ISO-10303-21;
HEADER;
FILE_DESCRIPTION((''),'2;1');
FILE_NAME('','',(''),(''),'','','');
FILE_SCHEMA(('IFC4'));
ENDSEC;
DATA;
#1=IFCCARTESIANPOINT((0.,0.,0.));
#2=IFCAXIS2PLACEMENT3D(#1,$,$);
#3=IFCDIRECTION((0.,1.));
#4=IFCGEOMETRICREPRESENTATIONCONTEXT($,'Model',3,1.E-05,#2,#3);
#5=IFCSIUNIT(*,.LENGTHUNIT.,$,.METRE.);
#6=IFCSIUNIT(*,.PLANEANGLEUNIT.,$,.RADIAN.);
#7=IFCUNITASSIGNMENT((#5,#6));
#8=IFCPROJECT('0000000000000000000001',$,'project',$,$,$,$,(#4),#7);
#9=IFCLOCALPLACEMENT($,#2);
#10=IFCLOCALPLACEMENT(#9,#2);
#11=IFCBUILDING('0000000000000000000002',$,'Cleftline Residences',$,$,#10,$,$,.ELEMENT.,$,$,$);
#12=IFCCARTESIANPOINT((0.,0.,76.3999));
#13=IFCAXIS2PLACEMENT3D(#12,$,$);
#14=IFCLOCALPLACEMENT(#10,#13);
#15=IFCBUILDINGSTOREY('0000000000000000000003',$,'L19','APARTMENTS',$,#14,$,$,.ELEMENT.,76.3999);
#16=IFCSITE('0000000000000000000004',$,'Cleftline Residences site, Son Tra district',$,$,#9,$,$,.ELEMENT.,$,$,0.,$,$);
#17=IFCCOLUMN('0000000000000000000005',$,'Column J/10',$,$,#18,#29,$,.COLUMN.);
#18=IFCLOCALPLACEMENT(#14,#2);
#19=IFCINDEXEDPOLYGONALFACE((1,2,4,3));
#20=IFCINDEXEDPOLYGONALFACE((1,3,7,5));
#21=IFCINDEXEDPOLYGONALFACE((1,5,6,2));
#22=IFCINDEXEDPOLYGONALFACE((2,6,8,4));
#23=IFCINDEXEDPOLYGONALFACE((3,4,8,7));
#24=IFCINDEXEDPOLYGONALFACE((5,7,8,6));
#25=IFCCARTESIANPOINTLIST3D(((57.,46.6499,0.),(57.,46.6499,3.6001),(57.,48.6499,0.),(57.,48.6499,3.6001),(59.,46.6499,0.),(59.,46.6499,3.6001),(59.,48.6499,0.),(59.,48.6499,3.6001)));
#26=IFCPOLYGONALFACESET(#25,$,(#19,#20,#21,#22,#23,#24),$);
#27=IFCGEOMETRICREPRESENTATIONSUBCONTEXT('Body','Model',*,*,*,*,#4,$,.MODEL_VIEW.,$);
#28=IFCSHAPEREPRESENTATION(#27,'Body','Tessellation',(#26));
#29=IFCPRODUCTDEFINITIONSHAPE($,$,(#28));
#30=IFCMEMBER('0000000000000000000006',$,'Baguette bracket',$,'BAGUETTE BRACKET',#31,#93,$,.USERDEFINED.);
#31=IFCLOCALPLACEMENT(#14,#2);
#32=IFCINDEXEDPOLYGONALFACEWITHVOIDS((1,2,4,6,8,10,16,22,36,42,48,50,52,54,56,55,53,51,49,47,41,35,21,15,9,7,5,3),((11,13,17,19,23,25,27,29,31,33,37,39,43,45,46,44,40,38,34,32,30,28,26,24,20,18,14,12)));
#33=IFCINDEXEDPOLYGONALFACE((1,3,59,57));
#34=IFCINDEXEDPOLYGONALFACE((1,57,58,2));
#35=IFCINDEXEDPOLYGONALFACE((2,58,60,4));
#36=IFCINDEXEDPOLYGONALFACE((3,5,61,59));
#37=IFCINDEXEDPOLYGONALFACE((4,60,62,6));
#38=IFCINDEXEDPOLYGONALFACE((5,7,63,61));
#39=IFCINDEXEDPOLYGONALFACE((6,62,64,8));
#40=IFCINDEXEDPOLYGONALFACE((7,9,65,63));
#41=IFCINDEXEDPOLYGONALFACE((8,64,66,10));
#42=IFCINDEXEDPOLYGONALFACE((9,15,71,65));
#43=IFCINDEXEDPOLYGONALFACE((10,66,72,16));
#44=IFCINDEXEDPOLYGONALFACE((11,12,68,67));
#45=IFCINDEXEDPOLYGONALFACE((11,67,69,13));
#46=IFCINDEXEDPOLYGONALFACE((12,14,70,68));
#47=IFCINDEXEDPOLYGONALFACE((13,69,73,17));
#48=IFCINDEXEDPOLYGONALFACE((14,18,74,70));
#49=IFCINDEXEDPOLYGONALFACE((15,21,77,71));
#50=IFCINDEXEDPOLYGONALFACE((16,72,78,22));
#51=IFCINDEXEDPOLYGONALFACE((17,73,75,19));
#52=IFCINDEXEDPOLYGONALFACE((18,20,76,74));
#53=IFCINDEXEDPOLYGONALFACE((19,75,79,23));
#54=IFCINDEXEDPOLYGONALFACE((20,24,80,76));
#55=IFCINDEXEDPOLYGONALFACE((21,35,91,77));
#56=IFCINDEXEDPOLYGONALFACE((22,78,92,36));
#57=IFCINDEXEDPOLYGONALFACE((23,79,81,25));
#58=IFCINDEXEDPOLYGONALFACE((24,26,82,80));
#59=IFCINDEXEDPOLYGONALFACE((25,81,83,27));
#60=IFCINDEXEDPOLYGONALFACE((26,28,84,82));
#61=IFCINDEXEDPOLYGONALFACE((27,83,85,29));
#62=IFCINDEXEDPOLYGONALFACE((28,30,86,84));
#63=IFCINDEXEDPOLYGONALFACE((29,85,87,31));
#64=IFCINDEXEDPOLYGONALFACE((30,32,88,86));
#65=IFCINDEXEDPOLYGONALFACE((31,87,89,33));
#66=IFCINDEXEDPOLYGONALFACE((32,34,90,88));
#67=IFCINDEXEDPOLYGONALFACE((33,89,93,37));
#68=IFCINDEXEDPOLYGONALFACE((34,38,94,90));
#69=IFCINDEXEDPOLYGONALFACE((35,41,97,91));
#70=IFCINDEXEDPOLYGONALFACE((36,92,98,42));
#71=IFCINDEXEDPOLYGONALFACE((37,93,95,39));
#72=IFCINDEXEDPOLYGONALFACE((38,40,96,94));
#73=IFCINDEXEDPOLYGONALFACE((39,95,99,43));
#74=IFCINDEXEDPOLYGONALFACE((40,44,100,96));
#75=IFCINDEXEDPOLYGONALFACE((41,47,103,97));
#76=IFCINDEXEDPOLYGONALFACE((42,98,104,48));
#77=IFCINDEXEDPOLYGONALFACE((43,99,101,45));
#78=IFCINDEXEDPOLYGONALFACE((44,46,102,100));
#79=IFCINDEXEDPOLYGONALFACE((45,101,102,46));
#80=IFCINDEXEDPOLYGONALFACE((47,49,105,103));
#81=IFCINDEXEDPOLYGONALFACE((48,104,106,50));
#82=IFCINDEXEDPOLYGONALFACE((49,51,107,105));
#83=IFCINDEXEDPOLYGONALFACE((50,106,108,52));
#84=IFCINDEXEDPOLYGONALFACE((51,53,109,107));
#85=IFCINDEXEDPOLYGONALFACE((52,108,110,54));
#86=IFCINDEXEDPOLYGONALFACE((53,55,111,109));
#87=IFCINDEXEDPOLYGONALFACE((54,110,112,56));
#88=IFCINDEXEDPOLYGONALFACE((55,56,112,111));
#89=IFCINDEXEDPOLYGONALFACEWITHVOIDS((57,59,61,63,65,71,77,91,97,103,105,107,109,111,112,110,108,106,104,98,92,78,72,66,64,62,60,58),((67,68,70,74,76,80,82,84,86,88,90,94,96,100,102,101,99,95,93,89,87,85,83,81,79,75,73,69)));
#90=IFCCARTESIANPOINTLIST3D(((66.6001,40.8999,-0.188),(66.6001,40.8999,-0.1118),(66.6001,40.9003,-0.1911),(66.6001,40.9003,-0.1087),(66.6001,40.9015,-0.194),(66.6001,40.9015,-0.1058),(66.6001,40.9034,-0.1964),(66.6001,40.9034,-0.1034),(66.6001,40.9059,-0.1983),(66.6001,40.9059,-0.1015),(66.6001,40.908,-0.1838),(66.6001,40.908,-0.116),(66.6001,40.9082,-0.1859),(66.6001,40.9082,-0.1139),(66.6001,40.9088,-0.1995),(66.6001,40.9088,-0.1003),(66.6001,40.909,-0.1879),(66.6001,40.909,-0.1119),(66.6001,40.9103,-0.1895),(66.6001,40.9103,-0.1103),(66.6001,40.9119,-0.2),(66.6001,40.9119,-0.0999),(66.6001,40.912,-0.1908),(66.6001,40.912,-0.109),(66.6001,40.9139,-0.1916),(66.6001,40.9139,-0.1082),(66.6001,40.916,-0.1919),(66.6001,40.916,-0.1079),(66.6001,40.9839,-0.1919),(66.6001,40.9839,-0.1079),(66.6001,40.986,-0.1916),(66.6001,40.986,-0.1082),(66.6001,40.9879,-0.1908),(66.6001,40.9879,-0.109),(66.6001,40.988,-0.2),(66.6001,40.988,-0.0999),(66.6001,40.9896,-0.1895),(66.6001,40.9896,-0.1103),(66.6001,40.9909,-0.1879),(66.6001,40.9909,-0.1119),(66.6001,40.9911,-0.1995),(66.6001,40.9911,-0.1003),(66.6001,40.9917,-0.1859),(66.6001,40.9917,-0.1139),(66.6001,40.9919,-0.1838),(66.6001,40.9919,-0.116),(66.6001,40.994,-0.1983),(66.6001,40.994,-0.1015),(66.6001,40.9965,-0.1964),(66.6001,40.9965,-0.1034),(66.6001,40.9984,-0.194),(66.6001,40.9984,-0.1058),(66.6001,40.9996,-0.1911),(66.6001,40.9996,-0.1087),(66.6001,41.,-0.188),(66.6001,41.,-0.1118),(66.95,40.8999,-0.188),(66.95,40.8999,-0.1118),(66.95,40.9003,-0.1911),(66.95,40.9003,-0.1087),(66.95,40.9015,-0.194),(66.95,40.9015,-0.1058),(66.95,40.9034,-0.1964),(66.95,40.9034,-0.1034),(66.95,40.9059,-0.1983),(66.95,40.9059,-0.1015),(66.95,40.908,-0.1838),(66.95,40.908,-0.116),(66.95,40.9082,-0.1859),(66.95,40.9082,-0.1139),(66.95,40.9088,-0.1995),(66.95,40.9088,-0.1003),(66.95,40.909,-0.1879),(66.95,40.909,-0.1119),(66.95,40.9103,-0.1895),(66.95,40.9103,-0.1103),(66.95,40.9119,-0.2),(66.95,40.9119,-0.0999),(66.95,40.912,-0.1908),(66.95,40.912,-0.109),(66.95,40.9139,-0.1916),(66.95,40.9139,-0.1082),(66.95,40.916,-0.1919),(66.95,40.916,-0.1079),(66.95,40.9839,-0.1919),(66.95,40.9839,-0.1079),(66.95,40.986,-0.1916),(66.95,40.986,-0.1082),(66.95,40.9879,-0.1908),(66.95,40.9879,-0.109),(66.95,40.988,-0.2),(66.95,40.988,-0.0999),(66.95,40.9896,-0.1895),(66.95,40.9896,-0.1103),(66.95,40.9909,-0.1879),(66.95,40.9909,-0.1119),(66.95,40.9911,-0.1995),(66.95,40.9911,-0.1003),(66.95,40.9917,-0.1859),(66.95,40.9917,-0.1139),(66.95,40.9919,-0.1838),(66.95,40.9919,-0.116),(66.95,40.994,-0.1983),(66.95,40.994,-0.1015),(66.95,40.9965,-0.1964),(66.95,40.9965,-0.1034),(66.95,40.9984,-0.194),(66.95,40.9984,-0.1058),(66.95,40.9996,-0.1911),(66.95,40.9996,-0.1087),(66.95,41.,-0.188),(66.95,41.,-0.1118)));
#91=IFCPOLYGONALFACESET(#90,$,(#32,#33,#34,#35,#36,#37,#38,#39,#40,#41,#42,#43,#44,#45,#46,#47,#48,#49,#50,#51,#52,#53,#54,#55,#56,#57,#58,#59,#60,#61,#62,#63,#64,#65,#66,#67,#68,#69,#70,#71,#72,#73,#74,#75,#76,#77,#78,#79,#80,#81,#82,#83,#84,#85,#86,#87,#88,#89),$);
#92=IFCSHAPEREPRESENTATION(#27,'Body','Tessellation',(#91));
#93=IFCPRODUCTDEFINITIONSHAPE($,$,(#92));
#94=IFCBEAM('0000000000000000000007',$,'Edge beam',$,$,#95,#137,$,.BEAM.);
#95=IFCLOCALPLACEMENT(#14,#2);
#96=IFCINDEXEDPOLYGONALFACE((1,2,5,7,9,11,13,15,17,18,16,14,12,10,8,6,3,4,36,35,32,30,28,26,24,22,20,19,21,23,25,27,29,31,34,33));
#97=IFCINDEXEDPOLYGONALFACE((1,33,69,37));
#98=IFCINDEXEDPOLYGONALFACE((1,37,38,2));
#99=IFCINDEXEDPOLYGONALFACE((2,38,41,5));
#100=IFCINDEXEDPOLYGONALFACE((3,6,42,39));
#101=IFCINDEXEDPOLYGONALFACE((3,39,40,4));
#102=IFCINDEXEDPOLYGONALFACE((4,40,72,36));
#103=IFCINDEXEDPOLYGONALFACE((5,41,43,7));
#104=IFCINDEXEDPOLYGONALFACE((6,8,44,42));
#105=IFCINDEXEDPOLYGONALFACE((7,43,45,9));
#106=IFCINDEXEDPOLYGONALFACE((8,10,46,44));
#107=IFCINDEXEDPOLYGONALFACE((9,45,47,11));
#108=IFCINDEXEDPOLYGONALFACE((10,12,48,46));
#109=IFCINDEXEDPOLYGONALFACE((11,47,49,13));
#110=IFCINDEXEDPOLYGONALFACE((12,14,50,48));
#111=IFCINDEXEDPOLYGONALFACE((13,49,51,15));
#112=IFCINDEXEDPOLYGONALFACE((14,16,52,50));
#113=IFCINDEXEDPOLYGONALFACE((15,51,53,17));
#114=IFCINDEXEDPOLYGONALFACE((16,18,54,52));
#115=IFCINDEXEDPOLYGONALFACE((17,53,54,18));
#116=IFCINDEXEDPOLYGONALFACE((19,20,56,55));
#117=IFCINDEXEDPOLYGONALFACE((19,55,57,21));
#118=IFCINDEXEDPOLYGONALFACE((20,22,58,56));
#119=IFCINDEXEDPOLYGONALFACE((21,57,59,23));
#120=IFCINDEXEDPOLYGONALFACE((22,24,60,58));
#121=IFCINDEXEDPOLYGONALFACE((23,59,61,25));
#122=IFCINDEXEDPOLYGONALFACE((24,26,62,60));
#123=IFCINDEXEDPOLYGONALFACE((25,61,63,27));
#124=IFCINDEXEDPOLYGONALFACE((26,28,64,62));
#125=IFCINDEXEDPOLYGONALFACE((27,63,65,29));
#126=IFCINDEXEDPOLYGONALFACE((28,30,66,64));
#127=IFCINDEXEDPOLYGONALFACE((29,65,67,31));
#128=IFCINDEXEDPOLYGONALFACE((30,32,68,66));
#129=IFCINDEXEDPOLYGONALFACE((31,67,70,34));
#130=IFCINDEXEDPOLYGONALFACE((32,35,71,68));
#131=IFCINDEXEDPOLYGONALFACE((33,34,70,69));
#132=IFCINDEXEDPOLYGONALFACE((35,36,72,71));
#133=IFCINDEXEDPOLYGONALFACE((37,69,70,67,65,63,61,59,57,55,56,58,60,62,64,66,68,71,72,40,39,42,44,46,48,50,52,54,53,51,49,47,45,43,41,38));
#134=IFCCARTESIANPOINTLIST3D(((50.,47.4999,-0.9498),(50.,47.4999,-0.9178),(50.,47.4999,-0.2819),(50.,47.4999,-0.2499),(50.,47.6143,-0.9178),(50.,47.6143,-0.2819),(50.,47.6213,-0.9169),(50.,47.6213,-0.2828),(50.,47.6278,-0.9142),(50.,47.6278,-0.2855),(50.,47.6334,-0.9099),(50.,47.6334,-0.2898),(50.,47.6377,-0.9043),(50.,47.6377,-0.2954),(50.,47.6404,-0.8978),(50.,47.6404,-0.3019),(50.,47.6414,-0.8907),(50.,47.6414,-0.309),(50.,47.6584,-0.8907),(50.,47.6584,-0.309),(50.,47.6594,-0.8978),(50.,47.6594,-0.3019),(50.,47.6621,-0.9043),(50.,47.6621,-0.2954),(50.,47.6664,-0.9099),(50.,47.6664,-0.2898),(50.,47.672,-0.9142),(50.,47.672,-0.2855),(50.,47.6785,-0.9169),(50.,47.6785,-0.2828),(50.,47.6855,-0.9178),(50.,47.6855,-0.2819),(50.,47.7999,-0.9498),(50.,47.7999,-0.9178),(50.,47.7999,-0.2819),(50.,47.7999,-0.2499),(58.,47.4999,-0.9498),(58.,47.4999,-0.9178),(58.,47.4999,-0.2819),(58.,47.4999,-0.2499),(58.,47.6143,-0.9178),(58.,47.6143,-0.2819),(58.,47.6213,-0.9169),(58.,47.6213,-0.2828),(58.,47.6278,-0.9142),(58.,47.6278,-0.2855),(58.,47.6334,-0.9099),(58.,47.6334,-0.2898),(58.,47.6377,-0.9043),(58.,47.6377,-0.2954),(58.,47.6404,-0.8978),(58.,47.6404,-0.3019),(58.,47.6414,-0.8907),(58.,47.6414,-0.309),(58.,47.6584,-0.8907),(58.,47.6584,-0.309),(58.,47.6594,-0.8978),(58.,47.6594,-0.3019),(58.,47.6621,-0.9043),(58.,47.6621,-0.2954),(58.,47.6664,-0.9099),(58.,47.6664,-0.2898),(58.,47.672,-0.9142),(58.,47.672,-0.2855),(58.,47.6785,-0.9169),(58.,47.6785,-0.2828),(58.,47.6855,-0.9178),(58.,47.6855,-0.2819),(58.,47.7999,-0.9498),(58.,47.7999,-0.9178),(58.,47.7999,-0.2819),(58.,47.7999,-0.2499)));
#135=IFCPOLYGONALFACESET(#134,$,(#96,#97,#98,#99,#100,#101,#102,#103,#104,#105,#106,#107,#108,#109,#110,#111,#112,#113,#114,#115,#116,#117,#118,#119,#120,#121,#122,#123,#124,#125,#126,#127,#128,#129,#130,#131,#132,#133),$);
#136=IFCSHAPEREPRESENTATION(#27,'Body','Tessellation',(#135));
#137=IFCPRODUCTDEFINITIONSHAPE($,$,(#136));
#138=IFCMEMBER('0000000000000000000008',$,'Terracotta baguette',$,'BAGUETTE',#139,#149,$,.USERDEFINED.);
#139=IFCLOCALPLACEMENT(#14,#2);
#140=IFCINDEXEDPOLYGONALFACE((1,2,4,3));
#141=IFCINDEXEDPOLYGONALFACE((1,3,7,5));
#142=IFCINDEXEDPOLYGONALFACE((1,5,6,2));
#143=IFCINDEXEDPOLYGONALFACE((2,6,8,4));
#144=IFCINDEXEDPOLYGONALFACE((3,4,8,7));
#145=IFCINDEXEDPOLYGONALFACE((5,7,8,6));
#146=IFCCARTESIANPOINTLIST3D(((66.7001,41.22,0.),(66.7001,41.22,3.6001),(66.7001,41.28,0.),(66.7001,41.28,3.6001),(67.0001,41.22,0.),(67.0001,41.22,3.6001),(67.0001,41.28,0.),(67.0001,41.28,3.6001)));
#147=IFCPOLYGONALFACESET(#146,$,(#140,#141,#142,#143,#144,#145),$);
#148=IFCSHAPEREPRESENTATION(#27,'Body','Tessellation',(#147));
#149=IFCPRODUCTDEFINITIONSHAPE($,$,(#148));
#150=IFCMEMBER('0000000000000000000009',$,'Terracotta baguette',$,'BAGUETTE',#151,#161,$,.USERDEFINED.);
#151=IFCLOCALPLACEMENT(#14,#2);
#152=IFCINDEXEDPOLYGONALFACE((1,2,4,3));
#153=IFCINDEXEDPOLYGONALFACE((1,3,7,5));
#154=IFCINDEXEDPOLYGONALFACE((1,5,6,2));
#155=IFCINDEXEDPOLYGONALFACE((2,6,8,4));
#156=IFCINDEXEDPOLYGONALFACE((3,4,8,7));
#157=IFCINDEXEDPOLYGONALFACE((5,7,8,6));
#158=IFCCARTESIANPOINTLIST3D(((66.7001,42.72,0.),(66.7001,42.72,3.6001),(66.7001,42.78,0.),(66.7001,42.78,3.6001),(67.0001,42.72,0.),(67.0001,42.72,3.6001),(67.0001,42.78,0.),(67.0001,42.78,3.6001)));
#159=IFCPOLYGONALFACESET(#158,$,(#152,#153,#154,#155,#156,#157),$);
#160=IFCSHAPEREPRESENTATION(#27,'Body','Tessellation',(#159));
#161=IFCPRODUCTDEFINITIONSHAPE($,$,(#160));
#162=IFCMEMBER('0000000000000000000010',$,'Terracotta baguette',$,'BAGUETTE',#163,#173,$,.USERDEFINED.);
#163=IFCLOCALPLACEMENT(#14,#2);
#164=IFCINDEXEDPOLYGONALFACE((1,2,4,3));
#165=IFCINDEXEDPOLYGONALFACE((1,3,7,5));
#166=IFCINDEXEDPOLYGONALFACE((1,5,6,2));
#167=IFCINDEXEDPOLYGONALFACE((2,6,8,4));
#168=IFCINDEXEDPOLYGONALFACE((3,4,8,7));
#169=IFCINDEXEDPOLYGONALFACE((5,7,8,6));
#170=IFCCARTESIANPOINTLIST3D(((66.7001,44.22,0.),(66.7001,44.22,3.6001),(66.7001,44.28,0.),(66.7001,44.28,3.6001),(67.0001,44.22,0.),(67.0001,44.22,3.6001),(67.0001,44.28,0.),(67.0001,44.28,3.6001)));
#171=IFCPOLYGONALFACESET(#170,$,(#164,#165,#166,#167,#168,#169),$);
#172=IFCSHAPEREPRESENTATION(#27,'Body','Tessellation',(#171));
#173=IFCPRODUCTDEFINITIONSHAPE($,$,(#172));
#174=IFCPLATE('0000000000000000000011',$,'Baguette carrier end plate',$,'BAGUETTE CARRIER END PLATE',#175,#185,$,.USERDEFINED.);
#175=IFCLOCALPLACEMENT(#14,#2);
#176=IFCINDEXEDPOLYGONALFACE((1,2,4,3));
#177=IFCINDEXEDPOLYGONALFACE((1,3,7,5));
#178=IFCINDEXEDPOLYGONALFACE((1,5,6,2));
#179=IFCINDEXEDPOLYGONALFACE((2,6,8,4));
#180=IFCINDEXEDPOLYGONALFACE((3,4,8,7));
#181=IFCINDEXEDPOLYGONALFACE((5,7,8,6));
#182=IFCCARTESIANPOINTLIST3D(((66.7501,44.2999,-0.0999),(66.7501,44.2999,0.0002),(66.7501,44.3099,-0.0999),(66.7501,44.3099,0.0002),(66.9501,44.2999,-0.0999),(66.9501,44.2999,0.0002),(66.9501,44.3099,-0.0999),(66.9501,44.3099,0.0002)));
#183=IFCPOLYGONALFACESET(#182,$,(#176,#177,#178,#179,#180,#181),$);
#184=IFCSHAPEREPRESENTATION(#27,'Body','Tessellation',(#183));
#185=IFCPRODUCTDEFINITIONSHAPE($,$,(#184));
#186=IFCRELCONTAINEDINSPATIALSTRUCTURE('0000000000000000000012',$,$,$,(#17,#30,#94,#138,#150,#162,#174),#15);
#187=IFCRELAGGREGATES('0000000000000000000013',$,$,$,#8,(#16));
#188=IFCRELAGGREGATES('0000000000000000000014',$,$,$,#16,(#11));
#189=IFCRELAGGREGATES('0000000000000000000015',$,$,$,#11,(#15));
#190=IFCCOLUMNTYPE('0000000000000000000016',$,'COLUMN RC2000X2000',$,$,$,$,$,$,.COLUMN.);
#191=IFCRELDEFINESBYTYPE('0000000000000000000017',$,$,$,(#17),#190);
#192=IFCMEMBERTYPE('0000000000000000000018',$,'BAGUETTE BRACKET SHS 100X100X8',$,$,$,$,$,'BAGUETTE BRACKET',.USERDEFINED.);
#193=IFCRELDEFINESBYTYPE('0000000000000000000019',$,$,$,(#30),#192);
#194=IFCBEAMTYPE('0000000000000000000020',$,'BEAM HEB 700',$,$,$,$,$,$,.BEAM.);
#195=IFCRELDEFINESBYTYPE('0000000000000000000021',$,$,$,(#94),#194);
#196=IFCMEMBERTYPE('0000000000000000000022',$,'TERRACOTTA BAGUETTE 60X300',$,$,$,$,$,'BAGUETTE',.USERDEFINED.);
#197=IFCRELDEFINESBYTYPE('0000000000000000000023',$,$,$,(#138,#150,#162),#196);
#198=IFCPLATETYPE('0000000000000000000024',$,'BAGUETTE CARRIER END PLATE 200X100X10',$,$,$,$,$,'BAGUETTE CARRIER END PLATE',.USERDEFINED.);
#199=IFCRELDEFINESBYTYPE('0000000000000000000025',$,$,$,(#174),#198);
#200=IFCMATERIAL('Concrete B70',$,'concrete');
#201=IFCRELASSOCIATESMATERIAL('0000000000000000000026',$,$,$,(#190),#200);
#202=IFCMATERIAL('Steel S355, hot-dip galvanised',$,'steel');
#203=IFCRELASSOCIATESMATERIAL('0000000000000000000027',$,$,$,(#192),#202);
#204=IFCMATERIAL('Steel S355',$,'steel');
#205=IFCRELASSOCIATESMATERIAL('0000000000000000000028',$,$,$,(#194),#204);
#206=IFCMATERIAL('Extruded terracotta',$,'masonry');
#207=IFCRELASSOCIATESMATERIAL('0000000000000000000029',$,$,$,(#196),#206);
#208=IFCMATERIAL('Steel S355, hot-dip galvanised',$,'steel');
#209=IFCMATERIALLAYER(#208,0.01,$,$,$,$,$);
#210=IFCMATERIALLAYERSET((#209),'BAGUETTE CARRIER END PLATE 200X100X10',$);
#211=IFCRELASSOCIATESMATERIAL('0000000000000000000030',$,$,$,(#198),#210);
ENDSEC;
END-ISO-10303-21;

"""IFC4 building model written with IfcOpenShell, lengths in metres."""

from ifc_helpers import new_model, si_unit, direction, frame, origin, origin_2d, place, context, subcontext, project, spatial, rectangle, hollow_rectangle, i_section, extrude, material, layer, layer_set, material_profile, profile_set, type_object, element, save


model = new_model("IFC4")

# Units and contexts
model_context = context("Model", 3, precision=1e-05, world=origin(), true_north=direction((0.0, 1.0)))
body_context = subcontext(model_context, "Body", "Model", "MODEL_VIEW")
ifc_project = project(units=[si_unit("LENGTHUNIT", "METRE"), si_unit("PLANEANGLEUNIT", "RADIAN")], contexts=[model_context])

# Site, building, storey
site_placement = place(None, origin())
site = spatial("IfcSite", under=ifc_project, at=site_placement, Name="Cleftline Residences site, Son Tra district", CompositionType="ELEMENT", RefElevation=0.0)
building_placement = place(site_placement, origin())
building = spatial("IfcBuilding", under=site, at=building_placement, Name="Cleftline Residences", CompositionType="ELEMENT")
storey_placement = place(building_placement, frame((0.0, 0.0, 76.3999)))
storey = spatial("IfcBuildingStorey", under=building, at=storey_placement, Name="L19", Description="APARTMENTS", CompositionType="ELEMENT", Elevation=76.3999)

# Column
ifc_material_1 = material(Name="Concrete B70", Category="concrete")
ifc_material_profile_1 = material_profile(ifc_material_1, rectangle(XDim=2.0, YDim=2.0, at=origin_2d()))
ifc_profile_set_1 = profile_set([ifc_material_profile_1], Name="Concrete B70")
column_type = type_object("IfcColumnType", Name="COLUMN RC2000X2000", PredefinedType="COLUMN", material=ifc_profile_set_1)
column_placement = place(storey_placement, frame((58.0, 47.6499, 0.0), z_axis=(0.0, 0.0, 1.0), x_axis=(1.0, 0.0, 0.0)))
element("IfcColumn", 1, at=column_placement, inside=storey, type_object=column_type, Name="Column J/10", PredefinedType="COLUMN", context=body_context, shape_type="SweptSolid", body=[
    extrude(rectangle(XDim=2.0, YDim=2.0, at=origin_2d()), origin(), (0.0, 0.0, 1.0), 3.6001),
])

# Member
ifc_material_2 = material(Name="Steel S355, hot-dip galvanised", Category="steel")
ifc_material_profile_2 = material_profile(ifc_material_2, hollow_rectangle(XDim=0.1001, YDim=0.1001, WallThickness=0.0081, InnerFilletRadius=0.0081, OuterFilletRadius=0.012, at=origin_2d()))
ifc_profile_set_2 = profile_set([ifc_material_profile_2], Name="Steel S355, hot-dip galvanised")
member_type_1 = type_object("IfcMemberType", Name="BAGUETTE BRACKET SHS 100X100X8", ElementType="BAGUETTE BRACKET", PredefinedType="USERDEFINED", material=ifc_profile_set_2)
member_placement = place(storey_placement, frame((66.6001, 40.95, -0.1499), z_axis=(1.0, 0.0, 0.0), x_axis=(0.0, 1.0, 0.0)))
element("IfcMember", 2, at=member_placement, inside=storey, type_object=member_type_1, Name="Baguette bracket", ObjectType="BAGUETTE BRACKET", PredefinedType="USERDEFINED", context=body_context, shape_type="SweptSolid", body=[
    extrude(hollow_rectangle(XDim=0.1001, YDim=0.1001, WallThickness=0.0081, InnerFilletRadius=0.0081, OuterFilletRadius=0.012, at=origin_2d()), origin(), (0.0, 0.0, 1.0), 0.3499),
])

# Beam
ifc_material_3 = material(Name="Steel S355", Category="steel")
ifc_material_profile_3 = material_profile(ifc_material_3, i_section(OverallWidth=0.3, OverallDepth=0.7, WebThickness=0.0171, FlangeThickness=0.032, FilletRadius=0.0271, at=origin_2d()))
ifc_profile_set_3 = profile_set([ifc_material_profile_3], Name="Steel S355")
beam_type = type_object("IfcBeamType", Name="BEAM HEB 700", PredefinedType="BEAM", material=ifc_profile_set_3)
beam_placement = place(storey_placement, frame((58.0, 47.6499, -0.5999), z_axis=(-1.0, 0.0, 0.0), x_axis=(0.0, -1.0, 0.0)))
element("IfcBeam", 3, at=beam_placement, inside=storey, type_object=beam_type, Name="Edge beam", PredefinedType="BEAM", context=body_context, shape_type="SweptSolid", body=[
    extrude(i_section(OverallWidth=0.3, OverallDepth=0.7, WebThickness=0.0171, FlangeThickness=0.032, FilletRadius=0.0271, at=origin_2d()), origin(), (0.0, 0.0, 1.0), 8.0),
])

# Members
ifc_material_4 = material(Name="Extruded terracotta", Category="masonry")
ifc_material_profile_4 = material_profile(ifc_material_4, rectangle(XDim=0.0601, YDim=0.3, at=origin_2d()))
ifc_profile_set_4 = profile_set([ifc_material_profile_4], Name="Extruded terracotta")
member_type_2 = type_object("IfcMemberType", Name="TERRACOTTA BAGUETTE 60X300", ElementType="BAGUETTE", PredefinedType="USERDEFINED", material=ifc_profile_set_4)
for number, where, z_axis, x_axis, name in (
    (4, (66.8501, 41.25, 0.0), (0.0, 0.0, 1.0), (0.0, 1.0, 0.0), "Terracotta baguette"),
    (5, (66.8501, 42.75, 0.0), (0.0, 0.0, 1.0), (0.0, 1.0, 0.0), "Terracotta baguette"),
    (6, (66.8501, 44.25, 0.0), (0.0, 0.0, 1.0), (0.0, 1.0, 0.0), "Terracotta baguette"),
):
    element("IfcMember", number, at=place(storey_placement, frame(where, z_axis=z_axis, x_axis=x_axis)), inside=storey, type_object=member_type_2, Name=name, ObjectType="BAGUETTE", PredefinedType="USERDEFINED", context=body_context, shape_type="SweptSolid", body=[
        extrude(rectangle(XDim=0.0601, YDim=0.3, at=origin_2d()), origin(), (0.0, 0.0, 1.0), 3.6001),
    ])

# Plate
ifc_material_5 = material(Name="Steel S355, hot-dip galvanised", Category="steel")
ifc_layer_1 = layer(ifc_material_5, 0.01)
ifc_layer_set_1 = layer_set([ifc_layer_1], Name="BAGUETTE CARRIER END PLATE 200X100X10")
plate_type = type_object("IfcPlateType", Name="BAGUETTE CARRIER END PLATE 200X100X10", ElementType="BAGUETTE CARRIER END PLATE", PredefinedType="USERDEFINED", material=ifc_layer_set_1)
plate_placement = place(storey_placement, frame((66.8501, 44.3049, -0.0999), z_axis=(0.0, 0.0, 1.0), x_axis=(1.0, 0.0, 0.0)))
element("IfcPlate", 7, at=plate_placement, inside=storey, type_object=plate_type, Name="Baguette carrier end plate", ObjectType="BAGUETTE CARRIER END PLATE", PredefinedType="USERDEFINED", context=body_context, shape_type="SweptSolid", body=[
    extrude(rectangle(XDim=0.2, YDim=0.01, at=origin_2d()), origin(), (0.0, 0.0, 1.0), 0.1001),
])

save(model, "model.ifc")
